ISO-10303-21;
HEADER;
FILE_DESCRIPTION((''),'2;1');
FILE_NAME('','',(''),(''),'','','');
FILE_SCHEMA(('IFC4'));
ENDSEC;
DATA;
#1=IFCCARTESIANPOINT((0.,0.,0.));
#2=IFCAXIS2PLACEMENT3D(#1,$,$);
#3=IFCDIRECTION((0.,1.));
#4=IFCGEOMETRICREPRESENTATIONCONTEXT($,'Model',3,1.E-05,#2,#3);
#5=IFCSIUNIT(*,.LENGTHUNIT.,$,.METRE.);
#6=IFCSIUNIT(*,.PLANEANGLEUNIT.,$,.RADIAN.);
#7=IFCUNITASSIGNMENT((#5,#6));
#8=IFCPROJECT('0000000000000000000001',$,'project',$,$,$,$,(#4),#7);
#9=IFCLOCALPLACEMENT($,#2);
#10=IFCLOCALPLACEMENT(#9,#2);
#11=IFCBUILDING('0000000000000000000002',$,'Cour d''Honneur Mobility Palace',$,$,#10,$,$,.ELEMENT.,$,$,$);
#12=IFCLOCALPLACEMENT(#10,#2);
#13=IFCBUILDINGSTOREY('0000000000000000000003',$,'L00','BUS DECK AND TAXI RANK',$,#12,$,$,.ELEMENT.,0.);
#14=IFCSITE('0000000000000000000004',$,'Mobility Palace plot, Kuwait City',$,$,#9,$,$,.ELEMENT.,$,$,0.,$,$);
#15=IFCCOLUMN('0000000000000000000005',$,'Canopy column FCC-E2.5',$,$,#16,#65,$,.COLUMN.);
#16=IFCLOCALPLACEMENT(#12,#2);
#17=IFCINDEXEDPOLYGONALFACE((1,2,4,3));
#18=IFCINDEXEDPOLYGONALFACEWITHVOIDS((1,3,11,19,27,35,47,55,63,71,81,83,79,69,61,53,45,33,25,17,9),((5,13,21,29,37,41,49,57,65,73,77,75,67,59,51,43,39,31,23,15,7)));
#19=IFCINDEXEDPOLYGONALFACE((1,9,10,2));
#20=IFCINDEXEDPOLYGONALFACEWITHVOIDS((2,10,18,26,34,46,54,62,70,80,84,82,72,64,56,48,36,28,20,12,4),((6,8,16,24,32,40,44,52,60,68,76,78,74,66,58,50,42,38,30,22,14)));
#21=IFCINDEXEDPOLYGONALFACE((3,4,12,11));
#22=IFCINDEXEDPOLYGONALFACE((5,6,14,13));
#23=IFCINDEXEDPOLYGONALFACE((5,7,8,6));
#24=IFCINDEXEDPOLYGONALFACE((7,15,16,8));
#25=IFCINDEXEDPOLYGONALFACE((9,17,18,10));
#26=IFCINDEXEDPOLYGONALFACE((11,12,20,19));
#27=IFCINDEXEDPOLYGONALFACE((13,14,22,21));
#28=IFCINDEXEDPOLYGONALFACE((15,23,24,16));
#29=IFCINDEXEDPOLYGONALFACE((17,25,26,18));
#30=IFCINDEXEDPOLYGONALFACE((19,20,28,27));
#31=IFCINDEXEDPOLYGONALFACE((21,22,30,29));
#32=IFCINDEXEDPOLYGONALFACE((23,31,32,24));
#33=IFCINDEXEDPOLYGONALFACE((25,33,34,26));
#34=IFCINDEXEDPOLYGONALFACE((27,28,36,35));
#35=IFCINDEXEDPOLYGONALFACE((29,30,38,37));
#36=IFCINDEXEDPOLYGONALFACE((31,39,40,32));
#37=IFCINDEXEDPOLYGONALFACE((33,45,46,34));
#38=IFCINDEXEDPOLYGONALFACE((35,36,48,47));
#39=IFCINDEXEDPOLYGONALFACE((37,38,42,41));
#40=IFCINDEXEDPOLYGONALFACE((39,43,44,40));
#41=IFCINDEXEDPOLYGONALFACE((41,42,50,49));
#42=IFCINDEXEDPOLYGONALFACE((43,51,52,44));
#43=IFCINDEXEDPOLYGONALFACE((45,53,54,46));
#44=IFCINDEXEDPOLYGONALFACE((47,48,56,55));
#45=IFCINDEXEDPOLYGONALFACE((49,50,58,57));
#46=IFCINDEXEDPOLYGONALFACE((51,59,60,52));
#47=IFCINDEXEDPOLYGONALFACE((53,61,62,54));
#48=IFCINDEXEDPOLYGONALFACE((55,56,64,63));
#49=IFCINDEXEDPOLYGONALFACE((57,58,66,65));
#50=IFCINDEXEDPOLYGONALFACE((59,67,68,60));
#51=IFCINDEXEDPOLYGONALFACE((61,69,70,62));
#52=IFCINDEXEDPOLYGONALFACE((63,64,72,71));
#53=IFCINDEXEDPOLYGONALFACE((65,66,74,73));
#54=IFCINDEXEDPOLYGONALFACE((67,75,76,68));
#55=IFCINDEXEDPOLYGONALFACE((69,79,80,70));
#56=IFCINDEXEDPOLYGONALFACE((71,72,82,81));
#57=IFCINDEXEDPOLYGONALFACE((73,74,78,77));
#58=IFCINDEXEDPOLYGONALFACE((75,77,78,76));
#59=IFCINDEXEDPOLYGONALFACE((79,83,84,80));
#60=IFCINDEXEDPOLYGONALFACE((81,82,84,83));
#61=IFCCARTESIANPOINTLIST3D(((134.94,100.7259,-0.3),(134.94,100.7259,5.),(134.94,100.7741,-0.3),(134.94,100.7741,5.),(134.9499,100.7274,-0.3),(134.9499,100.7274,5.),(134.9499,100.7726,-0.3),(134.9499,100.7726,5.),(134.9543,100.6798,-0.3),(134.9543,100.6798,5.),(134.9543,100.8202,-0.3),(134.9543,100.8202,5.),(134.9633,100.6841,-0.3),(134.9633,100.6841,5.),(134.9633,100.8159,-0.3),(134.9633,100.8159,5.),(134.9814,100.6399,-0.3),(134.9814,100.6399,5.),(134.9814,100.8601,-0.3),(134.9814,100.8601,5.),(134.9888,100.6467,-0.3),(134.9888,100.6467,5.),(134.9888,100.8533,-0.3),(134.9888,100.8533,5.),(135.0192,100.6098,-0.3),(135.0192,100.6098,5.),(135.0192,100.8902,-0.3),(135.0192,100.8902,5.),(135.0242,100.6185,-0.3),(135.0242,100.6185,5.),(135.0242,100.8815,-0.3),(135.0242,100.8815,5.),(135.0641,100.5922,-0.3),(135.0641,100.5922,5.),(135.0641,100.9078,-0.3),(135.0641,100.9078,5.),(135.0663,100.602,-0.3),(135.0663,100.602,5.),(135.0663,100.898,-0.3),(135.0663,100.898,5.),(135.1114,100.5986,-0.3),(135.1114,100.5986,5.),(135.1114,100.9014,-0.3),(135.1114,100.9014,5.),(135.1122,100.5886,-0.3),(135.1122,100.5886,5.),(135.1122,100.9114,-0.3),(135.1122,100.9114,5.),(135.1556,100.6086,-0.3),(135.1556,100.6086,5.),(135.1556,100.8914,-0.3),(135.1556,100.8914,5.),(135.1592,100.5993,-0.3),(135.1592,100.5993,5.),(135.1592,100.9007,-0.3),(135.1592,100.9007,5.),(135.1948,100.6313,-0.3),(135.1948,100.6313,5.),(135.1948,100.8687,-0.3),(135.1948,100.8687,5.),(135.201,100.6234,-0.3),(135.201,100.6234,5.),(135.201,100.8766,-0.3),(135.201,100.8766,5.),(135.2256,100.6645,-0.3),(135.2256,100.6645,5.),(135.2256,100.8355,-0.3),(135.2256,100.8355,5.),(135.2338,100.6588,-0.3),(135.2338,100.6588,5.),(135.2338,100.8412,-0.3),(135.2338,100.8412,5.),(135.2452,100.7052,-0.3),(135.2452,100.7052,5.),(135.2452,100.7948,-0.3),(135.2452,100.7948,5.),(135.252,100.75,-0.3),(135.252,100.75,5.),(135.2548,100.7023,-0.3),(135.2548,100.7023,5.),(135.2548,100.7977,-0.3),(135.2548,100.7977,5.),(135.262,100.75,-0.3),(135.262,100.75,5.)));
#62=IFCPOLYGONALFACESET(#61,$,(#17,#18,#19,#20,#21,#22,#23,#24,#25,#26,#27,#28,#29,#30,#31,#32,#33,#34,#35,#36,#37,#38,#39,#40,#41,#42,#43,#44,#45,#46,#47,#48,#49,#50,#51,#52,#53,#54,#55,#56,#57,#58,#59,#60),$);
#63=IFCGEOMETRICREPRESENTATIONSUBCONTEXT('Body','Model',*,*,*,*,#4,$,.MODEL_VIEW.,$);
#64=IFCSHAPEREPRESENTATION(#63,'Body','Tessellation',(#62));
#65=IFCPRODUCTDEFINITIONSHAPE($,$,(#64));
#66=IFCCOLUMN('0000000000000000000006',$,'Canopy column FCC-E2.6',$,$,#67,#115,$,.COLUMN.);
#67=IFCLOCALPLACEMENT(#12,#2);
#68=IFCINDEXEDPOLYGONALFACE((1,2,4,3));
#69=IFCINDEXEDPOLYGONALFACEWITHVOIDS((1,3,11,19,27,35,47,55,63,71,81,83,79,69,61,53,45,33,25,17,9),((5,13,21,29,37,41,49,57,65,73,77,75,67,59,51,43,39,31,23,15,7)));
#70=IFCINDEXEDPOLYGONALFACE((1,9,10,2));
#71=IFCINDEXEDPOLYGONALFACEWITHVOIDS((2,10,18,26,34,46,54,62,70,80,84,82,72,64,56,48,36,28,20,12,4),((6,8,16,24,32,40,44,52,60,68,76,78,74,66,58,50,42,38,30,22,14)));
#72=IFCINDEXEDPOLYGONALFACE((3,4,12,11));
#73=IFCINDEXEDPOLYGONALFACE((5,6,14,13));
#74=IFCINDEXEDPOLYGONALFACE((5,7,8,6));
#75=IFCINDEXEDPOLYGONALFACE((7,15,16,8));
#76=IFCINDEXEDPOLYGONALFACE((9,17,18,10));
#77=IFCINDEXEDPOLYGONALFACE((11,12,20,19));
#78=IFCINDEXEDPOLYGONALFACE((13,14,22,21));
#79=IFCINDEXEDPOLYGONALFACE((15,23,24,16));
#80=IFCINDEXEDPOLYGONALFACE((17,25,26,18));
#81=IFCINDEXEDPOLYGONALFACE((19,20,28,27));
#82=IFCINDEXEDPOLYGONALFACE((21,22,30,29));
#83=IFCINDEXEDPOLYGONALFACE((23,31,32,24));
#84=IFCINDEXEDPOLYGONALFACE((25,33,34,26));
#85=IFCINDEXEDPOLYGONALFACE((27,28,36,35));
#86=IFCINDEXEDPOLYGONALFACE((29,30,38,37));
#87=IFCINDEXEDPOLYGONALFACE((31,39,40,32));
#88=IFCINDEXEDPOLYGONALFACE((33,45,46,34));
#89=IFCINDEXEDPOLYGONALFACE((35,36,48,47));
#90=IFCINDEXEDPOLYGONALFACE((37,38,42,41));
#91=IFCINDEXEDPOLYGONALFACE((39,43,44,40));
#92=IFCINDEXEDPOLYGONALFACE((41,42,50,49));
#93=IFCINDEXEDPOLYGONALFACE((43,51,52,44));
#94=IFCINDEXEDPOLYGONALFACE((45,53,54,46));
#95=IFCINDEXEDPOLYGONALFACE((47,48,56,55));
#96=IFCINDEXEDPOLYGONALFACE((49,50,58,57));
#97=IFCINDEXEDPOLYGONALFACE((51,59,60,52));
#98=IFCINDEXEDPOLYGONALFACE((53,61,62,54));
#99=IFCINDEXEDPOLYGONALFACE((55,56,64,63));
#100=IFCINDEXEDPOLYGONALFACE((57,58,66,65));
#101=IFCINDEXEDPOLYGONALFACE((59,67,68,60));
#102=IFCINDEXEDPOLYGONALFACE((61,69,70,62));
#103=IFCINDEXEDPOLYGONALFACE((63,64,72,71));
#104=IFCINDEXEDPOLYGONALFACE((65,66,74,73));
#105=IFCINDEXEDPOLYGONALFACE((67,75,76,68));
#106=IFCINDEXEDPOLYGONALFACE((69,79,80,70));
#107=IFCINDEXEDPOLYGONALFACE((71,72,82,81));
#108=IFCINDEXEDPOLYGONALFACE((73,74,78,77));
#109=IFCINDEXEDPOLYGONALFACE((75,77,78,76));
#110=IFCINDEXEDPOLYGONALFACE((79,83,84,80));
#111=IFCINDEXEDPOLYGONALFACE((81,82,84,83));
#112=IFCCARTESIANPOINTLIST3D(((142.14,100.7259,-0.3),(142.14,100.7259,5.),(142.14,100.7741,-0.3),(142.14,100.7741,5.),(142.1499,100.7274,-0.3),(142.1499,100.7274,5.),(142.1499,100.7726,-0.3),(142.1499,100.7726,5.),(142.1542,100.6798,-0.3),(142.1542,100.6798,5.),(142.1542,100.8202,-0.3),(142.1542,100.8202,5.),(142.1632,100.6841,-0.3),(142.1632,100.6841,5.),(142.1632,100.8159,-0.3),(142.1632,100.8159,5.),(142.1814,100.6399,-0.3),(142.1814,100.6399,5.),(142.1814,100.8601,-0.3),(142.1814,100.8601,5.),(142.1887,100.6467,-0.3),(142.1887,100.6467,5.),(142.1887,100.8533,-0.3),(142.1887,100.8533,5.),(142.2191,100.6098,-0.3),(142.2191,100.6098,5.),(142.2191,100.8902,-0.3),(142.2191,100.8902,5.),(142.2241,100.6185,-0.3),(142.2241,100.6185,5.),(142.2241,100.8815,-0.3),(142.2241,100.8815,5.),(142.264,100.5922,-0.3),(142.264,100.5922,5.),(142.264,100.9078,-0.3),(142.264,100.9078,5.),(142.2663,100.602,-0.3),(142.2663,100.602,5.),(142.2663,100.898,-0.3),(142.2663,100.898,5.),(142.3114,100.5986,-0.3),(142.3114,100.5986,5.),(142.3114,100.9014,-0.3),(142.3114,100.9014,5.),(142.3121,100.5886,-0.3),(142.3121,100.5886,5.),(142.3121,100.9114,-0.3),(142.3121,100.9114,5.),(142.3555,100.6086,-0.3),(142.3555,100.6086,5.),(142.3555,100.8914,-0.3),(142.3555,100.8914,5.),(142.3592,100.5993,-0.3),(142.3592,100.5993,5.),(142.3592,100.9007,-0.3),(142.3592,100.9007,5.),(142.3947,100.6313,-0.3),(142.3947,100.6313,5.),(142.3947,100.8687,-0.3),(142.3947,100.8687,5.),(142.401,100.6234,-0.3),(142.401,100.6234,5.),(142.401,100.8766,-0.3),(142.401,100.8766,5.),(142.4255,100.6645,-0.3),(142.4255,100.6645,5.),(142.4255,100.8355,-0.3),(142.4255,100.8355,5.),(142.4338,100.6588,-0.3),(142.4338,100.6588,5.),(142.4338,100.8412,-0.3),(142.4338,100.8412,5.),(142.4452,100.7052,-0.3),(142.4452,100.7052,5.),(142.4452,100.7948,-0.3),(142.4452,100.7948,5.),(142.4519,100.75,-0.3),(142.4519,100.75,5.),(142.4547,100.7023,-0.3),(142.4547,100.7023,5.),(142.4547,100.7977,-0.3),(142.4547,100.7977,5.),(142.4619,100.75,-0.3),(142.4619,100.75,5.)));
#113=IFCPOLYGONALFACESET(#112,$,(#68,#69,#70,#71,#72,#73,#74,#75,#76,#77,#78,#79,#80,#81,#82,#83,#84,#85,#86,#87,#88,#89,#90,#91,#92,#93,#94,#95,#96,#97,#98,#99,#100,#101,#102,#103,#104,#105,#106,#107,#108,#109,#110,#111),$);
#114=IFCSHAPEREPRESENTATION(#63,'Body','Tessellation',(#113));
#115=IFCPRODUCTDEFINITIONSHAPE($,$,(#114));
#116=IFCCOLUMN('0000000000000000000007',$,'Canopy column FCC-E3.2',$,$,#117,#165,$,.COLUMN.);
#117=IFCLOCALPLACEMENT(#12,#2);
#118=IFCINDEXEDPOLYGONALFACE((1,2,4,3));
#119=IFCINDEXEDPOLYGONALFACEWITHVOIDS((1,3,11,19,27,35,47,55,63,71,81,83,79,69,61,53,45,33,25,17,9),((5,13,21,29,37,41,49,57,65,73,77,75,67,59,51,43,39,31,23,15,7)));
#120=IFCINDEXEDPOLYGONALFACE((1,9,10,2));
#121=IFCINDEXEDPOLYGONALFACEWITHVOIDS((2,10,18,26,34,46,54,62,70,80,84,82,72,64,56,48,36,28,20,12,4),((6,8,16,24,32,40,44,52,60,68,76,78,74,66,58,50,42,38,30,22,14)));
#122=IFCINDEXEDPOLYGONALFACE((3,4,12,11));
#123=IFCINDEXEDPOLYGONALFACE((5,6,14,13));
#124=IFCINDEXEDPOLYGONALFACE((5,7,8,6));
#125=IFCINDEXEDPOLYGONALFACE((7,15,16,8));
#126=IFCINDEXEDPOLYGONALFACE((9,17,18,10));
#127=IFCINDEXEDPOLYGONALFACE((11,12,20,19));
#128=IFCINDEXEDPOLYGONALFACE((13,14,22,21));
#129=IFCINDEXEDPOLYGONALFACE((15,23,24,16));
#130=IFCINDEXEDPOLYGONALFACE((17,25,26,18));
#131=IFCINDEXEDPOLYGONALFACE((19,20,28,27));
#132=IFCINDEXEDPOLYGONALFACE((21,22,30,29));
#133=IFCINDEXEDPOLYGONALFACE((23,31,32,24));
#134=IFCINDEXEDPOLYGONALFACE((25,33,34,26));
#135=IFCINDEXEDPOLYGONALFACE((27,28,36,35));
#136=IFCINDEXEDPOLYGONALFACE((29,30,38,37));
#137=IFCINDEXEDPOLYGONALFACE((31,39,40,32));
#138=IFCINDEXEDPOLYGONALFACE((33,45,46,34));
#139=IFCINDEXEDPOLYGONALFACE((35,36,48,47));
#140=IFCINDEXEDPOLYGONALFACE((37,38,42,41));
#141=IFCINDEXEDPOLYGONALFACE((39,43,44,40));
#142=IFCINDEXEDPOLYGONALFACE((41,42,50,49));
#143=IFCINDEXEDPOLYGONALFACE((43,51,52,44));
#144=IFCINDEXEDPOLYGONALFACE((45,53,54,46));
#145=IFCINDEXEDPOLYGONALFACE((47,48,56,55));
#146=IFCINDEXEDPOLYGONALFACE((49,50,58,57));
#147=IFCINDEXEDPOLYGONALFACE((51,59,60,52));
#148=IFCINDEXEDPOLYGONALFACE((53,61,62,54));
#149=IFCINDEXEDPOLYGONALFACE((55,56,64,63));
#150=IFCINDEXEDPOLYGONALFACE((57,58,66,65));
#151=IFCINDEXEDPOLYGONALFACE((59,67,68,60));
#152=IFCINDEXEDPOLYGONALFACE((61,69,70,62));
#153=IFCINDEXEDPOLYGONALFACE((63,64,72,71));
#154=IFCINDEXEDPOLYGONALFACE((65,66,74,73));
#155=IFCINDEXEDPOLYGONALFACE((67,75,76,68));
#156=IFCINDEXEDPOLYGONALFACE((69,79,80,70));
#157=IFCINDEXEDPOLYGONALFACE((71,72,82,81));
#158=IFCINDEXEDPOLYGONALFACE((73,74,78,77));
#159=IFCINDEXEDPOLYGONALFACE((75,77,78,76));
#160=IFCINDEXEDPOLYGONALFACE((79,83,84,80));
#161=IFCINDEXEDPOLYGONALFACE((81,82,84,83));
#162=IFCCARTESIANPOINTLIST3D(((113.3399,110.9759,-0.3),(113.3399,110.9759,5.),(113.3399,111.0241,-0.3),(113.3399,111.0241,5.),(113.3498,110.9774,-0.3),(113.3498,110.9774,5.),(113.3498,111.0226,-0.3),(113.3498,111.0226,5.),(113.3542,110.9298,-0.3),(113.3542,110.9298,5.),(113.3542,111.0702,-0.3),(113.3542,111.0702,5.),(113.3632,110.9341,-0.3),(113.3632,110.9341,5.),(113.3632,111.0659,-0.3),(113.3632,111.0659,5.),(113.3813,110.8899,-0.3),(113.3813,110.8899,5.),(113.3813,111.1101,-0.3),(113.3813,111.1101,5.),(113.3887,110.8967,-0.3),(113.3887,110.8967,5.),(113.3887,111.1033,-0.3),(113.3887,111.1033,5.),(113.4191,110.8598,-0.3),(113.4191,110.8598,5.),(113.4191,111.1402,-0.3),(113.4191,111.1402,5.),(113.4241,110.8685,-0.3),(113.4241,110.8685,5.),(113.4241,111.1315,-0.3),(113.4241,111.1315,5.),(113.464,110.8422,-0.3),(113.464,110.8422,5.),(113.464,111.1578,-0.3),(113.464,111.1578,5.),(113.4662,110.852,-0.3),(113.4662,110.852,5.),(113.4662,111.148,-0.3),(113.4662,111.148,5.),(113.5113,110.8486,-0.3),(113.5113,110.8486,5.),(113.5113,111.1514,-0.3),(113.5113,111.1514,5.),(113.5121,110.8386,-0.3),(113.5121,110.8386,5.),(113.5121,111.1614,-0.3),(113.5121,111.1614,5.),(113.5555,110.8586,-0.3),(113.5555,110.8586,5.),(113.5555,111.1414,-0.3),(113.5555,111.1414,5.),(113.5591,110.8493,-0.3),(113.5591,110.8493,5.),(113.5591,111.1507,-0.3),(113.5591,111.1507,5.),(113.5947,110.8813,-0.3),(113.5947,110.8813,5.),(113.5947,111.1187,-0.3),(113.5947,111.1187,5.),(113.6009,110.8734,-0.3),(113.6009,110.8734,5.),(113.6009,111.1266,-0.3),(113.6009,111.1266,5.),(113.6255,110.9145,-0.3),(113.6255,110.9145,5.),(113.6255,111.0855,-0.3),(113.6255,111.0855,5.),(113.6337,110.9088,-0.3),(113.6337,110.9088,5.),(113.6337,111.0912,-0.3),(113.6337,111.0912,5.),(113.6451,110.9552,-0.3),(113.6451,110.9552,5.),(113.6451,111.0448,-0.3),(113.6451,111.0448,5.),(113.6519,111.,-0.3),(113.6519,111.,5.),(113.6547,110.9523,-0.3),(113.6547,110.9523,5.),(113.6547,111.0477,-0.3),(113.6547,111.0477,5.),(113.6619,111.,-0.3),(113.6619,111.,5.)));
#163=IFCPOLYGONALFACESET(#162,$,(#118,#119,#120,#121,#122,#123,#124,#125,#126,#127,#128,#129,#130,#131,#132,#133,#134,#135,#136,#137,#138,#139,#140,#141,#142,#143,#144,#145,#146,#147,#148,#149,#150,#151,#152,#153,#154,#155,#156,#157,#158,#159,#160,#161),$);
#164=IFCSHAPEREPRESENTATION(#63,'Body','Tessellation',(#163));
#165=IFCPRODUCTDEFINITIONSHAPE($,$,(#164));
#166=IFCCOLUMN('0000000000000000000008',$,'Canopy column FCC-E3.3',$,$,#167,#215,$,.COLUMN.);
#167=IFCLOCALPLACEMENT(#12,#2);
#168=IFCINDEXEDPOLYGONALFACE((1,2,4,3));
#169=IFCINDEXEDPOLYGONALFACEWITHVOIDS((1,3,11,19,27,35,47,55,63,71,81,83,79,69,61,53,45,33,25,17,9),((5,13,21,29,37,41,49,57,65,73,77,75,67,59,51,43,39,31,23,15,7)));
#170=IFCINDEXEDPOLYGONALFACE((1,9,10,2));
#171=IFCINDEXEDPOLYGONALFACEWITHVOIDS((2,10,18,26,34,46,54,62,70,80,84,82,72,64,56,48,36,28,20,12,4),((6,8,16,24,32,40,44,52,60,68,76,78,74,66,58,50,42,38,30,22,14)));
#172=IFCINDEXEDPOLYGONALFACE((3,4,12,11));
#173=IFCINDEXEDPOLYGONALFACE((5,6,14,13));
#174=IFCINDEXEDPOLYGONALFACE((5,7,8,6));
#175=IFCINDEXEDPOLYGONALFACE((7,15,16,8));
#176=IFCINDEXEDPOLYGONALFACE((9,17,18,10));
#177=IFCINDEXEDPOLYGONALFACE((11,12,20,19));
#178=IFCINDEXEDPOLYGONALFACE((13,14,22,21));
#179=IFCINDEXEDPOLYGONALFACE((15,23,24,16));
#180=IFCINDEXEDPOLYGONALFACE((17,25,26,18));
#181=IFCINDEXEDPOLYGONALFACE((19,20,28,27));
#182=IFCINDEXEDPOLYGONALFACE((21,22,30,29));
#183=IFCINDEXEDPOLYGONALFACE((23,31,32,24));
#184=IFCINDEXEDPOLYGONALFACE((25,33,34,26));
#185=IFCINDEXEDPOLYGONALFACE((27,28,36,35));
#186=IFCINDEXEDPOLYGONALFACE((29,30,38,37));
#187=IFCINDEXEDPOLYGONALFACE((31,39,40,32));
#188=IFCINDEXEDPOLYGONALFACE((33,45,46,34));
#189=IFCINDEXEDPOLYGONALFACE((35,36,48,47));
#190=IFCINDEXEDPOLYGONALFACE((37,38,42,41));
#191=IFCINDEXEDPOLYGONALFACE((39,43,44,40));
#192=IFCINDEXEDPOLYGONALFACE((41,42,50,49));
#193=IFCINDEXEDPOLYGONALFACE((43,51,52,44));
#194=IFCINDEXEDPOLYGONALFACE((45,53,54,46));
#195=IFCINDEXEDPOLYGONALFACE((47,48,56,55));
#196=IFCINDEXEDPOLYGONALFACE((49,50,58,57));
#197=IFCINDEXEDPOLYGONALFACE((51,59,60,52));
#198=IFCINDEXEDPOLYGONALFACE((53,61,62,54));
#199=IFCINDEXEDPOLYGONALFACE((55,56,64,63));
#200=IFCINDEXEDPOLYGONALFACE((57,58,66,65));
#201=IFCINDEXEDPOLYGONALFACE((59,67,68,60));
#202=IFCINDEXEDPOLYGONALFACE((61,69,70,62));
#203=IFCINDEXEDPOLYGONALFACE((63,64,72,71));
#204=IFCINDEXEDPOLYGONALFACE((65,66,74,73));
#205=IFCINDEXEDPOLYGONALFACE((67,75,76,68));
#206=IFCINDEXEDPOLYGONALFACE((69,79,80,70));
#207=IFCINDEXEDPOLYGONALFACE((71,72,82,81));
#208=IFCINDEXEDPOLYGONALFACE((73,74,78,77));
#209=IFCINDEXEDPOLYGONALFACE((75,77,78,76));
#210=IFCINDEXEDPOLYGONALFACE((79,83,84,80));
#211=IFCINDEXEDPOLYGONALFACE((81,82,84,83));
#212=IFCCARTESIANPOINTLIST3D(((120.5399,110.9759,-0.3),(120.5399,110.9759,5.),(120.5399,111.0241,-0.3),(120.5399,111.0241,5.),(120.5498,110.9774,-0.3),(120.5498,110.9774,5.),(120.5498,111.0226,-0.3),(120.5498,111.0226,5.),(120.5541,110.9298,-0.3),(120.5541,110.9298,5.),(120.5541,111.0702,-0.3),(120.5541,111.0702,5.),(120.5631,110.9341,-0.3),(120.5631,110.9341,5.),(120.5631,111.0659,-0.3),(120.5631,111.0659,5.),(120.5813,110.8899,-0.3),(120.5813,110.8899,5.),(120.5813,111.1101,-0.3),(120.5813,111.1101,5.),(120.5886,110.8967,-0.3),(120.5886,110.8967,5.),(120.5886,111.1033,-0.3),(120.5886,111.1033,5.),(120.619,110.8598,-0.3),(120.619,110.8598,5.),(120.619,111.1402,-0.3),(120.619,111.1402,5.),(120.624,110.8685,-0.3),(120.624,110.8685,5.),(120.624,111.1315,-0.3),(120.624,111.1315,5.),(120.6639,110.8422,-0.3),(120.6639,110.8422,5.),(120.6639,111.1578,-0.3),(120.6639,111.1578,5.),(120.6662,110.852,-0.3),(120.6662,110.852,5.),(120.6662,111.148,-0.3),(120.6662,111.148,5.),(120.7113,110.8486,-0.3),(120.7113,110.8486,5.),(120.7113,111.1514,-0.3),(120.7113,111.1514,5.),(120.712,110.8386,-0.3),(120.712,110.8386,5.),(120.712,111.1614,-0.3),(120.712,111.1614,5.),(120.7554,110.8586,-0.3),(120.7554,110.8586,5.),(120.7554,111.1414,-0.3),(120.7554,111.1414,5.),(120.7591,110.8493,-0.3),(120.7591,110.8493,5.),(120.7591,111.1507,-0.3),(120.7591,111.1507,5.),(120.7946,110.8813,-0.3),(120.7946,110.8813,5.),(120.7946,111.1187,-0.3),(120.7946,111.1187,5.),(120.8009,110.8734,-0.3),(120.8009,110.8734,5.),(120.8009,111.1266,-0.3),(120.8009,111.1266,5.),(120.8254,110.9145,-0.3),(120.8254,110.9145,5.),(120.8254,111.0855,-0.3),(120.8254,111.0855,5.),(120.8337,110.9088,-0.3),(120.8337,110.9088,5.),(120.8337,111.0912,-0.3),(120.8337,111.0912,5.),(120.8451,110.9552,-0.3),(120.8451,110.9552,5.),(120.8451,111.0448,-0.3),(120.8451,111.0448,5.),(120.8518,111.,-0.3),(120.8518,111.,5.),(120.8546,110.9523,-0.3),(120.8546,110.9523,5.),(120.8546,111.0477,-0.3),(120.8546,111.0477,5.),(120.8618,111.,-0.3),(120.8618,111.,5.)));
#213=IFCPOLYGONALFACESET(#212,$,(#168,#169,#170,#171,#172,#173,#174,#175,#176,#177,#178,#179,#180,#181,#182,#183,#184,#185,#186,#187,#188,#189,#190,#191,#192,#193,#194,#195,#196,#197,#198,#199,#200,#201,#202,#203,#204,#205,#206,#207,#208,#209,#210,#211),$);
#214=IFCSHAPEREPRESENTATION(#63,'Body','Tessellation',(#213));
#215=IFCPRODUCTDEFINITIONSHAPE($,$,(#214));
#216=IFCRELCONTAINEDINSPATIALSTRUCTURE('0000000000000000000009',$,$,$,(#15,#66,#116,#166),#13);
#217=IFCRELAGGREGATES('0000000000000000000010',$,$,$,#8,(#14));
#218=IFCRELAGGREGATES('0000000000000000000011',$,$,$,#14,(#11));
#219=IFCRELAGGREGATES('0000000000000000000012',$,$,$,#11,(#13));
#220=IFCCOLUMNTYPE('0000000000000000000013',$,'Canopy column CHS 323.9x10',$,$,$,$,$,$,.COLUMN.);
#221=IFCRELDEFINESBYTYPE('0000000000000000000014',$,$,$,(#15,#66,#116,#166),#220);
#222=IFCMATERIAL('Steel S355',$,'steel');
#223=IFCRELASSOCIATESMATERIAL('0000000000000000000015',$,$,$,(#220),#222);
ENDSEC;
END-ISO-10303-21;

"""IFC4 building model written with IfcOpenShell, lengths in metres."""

from ifc_helpers import new_model, si_unit, direction, frame, origin, origin_2d, place, context, subcontext, project, spatial, hollow_circle, extrude, material, material_profile, profile_set, type_object, element, save


model = new_model("IFC4")

# Units and contexts
model_context = context("Model", 3, precision=1e-05, world=origin(), true_north=direction((0.0, 1.0)))
body_context = subcontext(model_context, "Body", "Model", "MODEL_VIEW")
ifc_project = project(units=[si_unit("LENGTHUNIT", "METRE"), si_unit("PLANEANGLEUNIT", "RADIAN")], contexts=[model_context])

# Site, building, storey
site_placement = place(None, origin())
site = spatial("IfcSite", under=ifc_project, at=site_placement, Name="Mobility Palace plot, Kuwait City", CompositionType="ELEMENT", RefElevation=0.0)
building_placement = place(site_placement, origin())
building = spatial("IfcBuilding", under=site, at=building_placement, Name="Cour d'Honneur Mobility Palace", CompositionType="ELEMENT")
storey_placement = place(building_placement, origin())
storey = spatial("IfcBuildingStorey", under=building, at=storey_placement, Name="L00", Description="BUS DECK AND TAXI RANK", CompositionType="ELEMENT", Elevation=0.0)

# Columns
ifc_material_1 = material(Name="Steel S355", Category="steel")
ifc_material_profile_1 = material_profile(ifc_material_1, hollow_circle(Radius=0.1619, WallThickness=0.01, at=origin_2d()), Name="CHS 323.9x10")
ifc_profile_set_1 = profile_set([ifc_material_profile_1], Name="Steel S355")
column_type = type_object("IfcColumnType", Name="Canopy column CHS 323.9x10", PredefinedType="COLUMN", material=ifc_profile_set_1)
for number, where, z_axis, x_axis, name in (
    (1, (135.1001, 100.75, -0.3), (0.0, 0.0, 1.0), (1.0, 0.0, 0.0), "Canopy column FCC-E2.5"),
    (2, (142.3, 100.75, -0.3), (0.0, 0.0, 1.0), (1.0, 0.0, 0.0), "Canopy column FCC-E2.6"),
    (3, (113.5, 111.0, -0.3), (0.0, 0.0, 1.0), (1.0, 0.0, 0.0), "Canopy column FCC-E3.2"),
    (4, (120.7, 111.0, -0.3), (0.0, 0.0, 1.0), (1.0, 0.0, 0.0), "Canopy column FCC-E3.3"),
):
    element("IfcColumn", number, at=place(storey_placement, frame(where, z_axis=z_axis, x_axis=x_axis)), inside=storey, type_object=column_type, Name=name, PredefinedType="COLUMN", context=body_context, shape_type="SweptSolid", body=[
        extrude(hollow_circle(Radius=0.1619, WallThickness=0.01, at=origin_2d()), origin(), (0.0, 0.0, 1.0), 5.3),
    ])

save(model, "model.ifc")
